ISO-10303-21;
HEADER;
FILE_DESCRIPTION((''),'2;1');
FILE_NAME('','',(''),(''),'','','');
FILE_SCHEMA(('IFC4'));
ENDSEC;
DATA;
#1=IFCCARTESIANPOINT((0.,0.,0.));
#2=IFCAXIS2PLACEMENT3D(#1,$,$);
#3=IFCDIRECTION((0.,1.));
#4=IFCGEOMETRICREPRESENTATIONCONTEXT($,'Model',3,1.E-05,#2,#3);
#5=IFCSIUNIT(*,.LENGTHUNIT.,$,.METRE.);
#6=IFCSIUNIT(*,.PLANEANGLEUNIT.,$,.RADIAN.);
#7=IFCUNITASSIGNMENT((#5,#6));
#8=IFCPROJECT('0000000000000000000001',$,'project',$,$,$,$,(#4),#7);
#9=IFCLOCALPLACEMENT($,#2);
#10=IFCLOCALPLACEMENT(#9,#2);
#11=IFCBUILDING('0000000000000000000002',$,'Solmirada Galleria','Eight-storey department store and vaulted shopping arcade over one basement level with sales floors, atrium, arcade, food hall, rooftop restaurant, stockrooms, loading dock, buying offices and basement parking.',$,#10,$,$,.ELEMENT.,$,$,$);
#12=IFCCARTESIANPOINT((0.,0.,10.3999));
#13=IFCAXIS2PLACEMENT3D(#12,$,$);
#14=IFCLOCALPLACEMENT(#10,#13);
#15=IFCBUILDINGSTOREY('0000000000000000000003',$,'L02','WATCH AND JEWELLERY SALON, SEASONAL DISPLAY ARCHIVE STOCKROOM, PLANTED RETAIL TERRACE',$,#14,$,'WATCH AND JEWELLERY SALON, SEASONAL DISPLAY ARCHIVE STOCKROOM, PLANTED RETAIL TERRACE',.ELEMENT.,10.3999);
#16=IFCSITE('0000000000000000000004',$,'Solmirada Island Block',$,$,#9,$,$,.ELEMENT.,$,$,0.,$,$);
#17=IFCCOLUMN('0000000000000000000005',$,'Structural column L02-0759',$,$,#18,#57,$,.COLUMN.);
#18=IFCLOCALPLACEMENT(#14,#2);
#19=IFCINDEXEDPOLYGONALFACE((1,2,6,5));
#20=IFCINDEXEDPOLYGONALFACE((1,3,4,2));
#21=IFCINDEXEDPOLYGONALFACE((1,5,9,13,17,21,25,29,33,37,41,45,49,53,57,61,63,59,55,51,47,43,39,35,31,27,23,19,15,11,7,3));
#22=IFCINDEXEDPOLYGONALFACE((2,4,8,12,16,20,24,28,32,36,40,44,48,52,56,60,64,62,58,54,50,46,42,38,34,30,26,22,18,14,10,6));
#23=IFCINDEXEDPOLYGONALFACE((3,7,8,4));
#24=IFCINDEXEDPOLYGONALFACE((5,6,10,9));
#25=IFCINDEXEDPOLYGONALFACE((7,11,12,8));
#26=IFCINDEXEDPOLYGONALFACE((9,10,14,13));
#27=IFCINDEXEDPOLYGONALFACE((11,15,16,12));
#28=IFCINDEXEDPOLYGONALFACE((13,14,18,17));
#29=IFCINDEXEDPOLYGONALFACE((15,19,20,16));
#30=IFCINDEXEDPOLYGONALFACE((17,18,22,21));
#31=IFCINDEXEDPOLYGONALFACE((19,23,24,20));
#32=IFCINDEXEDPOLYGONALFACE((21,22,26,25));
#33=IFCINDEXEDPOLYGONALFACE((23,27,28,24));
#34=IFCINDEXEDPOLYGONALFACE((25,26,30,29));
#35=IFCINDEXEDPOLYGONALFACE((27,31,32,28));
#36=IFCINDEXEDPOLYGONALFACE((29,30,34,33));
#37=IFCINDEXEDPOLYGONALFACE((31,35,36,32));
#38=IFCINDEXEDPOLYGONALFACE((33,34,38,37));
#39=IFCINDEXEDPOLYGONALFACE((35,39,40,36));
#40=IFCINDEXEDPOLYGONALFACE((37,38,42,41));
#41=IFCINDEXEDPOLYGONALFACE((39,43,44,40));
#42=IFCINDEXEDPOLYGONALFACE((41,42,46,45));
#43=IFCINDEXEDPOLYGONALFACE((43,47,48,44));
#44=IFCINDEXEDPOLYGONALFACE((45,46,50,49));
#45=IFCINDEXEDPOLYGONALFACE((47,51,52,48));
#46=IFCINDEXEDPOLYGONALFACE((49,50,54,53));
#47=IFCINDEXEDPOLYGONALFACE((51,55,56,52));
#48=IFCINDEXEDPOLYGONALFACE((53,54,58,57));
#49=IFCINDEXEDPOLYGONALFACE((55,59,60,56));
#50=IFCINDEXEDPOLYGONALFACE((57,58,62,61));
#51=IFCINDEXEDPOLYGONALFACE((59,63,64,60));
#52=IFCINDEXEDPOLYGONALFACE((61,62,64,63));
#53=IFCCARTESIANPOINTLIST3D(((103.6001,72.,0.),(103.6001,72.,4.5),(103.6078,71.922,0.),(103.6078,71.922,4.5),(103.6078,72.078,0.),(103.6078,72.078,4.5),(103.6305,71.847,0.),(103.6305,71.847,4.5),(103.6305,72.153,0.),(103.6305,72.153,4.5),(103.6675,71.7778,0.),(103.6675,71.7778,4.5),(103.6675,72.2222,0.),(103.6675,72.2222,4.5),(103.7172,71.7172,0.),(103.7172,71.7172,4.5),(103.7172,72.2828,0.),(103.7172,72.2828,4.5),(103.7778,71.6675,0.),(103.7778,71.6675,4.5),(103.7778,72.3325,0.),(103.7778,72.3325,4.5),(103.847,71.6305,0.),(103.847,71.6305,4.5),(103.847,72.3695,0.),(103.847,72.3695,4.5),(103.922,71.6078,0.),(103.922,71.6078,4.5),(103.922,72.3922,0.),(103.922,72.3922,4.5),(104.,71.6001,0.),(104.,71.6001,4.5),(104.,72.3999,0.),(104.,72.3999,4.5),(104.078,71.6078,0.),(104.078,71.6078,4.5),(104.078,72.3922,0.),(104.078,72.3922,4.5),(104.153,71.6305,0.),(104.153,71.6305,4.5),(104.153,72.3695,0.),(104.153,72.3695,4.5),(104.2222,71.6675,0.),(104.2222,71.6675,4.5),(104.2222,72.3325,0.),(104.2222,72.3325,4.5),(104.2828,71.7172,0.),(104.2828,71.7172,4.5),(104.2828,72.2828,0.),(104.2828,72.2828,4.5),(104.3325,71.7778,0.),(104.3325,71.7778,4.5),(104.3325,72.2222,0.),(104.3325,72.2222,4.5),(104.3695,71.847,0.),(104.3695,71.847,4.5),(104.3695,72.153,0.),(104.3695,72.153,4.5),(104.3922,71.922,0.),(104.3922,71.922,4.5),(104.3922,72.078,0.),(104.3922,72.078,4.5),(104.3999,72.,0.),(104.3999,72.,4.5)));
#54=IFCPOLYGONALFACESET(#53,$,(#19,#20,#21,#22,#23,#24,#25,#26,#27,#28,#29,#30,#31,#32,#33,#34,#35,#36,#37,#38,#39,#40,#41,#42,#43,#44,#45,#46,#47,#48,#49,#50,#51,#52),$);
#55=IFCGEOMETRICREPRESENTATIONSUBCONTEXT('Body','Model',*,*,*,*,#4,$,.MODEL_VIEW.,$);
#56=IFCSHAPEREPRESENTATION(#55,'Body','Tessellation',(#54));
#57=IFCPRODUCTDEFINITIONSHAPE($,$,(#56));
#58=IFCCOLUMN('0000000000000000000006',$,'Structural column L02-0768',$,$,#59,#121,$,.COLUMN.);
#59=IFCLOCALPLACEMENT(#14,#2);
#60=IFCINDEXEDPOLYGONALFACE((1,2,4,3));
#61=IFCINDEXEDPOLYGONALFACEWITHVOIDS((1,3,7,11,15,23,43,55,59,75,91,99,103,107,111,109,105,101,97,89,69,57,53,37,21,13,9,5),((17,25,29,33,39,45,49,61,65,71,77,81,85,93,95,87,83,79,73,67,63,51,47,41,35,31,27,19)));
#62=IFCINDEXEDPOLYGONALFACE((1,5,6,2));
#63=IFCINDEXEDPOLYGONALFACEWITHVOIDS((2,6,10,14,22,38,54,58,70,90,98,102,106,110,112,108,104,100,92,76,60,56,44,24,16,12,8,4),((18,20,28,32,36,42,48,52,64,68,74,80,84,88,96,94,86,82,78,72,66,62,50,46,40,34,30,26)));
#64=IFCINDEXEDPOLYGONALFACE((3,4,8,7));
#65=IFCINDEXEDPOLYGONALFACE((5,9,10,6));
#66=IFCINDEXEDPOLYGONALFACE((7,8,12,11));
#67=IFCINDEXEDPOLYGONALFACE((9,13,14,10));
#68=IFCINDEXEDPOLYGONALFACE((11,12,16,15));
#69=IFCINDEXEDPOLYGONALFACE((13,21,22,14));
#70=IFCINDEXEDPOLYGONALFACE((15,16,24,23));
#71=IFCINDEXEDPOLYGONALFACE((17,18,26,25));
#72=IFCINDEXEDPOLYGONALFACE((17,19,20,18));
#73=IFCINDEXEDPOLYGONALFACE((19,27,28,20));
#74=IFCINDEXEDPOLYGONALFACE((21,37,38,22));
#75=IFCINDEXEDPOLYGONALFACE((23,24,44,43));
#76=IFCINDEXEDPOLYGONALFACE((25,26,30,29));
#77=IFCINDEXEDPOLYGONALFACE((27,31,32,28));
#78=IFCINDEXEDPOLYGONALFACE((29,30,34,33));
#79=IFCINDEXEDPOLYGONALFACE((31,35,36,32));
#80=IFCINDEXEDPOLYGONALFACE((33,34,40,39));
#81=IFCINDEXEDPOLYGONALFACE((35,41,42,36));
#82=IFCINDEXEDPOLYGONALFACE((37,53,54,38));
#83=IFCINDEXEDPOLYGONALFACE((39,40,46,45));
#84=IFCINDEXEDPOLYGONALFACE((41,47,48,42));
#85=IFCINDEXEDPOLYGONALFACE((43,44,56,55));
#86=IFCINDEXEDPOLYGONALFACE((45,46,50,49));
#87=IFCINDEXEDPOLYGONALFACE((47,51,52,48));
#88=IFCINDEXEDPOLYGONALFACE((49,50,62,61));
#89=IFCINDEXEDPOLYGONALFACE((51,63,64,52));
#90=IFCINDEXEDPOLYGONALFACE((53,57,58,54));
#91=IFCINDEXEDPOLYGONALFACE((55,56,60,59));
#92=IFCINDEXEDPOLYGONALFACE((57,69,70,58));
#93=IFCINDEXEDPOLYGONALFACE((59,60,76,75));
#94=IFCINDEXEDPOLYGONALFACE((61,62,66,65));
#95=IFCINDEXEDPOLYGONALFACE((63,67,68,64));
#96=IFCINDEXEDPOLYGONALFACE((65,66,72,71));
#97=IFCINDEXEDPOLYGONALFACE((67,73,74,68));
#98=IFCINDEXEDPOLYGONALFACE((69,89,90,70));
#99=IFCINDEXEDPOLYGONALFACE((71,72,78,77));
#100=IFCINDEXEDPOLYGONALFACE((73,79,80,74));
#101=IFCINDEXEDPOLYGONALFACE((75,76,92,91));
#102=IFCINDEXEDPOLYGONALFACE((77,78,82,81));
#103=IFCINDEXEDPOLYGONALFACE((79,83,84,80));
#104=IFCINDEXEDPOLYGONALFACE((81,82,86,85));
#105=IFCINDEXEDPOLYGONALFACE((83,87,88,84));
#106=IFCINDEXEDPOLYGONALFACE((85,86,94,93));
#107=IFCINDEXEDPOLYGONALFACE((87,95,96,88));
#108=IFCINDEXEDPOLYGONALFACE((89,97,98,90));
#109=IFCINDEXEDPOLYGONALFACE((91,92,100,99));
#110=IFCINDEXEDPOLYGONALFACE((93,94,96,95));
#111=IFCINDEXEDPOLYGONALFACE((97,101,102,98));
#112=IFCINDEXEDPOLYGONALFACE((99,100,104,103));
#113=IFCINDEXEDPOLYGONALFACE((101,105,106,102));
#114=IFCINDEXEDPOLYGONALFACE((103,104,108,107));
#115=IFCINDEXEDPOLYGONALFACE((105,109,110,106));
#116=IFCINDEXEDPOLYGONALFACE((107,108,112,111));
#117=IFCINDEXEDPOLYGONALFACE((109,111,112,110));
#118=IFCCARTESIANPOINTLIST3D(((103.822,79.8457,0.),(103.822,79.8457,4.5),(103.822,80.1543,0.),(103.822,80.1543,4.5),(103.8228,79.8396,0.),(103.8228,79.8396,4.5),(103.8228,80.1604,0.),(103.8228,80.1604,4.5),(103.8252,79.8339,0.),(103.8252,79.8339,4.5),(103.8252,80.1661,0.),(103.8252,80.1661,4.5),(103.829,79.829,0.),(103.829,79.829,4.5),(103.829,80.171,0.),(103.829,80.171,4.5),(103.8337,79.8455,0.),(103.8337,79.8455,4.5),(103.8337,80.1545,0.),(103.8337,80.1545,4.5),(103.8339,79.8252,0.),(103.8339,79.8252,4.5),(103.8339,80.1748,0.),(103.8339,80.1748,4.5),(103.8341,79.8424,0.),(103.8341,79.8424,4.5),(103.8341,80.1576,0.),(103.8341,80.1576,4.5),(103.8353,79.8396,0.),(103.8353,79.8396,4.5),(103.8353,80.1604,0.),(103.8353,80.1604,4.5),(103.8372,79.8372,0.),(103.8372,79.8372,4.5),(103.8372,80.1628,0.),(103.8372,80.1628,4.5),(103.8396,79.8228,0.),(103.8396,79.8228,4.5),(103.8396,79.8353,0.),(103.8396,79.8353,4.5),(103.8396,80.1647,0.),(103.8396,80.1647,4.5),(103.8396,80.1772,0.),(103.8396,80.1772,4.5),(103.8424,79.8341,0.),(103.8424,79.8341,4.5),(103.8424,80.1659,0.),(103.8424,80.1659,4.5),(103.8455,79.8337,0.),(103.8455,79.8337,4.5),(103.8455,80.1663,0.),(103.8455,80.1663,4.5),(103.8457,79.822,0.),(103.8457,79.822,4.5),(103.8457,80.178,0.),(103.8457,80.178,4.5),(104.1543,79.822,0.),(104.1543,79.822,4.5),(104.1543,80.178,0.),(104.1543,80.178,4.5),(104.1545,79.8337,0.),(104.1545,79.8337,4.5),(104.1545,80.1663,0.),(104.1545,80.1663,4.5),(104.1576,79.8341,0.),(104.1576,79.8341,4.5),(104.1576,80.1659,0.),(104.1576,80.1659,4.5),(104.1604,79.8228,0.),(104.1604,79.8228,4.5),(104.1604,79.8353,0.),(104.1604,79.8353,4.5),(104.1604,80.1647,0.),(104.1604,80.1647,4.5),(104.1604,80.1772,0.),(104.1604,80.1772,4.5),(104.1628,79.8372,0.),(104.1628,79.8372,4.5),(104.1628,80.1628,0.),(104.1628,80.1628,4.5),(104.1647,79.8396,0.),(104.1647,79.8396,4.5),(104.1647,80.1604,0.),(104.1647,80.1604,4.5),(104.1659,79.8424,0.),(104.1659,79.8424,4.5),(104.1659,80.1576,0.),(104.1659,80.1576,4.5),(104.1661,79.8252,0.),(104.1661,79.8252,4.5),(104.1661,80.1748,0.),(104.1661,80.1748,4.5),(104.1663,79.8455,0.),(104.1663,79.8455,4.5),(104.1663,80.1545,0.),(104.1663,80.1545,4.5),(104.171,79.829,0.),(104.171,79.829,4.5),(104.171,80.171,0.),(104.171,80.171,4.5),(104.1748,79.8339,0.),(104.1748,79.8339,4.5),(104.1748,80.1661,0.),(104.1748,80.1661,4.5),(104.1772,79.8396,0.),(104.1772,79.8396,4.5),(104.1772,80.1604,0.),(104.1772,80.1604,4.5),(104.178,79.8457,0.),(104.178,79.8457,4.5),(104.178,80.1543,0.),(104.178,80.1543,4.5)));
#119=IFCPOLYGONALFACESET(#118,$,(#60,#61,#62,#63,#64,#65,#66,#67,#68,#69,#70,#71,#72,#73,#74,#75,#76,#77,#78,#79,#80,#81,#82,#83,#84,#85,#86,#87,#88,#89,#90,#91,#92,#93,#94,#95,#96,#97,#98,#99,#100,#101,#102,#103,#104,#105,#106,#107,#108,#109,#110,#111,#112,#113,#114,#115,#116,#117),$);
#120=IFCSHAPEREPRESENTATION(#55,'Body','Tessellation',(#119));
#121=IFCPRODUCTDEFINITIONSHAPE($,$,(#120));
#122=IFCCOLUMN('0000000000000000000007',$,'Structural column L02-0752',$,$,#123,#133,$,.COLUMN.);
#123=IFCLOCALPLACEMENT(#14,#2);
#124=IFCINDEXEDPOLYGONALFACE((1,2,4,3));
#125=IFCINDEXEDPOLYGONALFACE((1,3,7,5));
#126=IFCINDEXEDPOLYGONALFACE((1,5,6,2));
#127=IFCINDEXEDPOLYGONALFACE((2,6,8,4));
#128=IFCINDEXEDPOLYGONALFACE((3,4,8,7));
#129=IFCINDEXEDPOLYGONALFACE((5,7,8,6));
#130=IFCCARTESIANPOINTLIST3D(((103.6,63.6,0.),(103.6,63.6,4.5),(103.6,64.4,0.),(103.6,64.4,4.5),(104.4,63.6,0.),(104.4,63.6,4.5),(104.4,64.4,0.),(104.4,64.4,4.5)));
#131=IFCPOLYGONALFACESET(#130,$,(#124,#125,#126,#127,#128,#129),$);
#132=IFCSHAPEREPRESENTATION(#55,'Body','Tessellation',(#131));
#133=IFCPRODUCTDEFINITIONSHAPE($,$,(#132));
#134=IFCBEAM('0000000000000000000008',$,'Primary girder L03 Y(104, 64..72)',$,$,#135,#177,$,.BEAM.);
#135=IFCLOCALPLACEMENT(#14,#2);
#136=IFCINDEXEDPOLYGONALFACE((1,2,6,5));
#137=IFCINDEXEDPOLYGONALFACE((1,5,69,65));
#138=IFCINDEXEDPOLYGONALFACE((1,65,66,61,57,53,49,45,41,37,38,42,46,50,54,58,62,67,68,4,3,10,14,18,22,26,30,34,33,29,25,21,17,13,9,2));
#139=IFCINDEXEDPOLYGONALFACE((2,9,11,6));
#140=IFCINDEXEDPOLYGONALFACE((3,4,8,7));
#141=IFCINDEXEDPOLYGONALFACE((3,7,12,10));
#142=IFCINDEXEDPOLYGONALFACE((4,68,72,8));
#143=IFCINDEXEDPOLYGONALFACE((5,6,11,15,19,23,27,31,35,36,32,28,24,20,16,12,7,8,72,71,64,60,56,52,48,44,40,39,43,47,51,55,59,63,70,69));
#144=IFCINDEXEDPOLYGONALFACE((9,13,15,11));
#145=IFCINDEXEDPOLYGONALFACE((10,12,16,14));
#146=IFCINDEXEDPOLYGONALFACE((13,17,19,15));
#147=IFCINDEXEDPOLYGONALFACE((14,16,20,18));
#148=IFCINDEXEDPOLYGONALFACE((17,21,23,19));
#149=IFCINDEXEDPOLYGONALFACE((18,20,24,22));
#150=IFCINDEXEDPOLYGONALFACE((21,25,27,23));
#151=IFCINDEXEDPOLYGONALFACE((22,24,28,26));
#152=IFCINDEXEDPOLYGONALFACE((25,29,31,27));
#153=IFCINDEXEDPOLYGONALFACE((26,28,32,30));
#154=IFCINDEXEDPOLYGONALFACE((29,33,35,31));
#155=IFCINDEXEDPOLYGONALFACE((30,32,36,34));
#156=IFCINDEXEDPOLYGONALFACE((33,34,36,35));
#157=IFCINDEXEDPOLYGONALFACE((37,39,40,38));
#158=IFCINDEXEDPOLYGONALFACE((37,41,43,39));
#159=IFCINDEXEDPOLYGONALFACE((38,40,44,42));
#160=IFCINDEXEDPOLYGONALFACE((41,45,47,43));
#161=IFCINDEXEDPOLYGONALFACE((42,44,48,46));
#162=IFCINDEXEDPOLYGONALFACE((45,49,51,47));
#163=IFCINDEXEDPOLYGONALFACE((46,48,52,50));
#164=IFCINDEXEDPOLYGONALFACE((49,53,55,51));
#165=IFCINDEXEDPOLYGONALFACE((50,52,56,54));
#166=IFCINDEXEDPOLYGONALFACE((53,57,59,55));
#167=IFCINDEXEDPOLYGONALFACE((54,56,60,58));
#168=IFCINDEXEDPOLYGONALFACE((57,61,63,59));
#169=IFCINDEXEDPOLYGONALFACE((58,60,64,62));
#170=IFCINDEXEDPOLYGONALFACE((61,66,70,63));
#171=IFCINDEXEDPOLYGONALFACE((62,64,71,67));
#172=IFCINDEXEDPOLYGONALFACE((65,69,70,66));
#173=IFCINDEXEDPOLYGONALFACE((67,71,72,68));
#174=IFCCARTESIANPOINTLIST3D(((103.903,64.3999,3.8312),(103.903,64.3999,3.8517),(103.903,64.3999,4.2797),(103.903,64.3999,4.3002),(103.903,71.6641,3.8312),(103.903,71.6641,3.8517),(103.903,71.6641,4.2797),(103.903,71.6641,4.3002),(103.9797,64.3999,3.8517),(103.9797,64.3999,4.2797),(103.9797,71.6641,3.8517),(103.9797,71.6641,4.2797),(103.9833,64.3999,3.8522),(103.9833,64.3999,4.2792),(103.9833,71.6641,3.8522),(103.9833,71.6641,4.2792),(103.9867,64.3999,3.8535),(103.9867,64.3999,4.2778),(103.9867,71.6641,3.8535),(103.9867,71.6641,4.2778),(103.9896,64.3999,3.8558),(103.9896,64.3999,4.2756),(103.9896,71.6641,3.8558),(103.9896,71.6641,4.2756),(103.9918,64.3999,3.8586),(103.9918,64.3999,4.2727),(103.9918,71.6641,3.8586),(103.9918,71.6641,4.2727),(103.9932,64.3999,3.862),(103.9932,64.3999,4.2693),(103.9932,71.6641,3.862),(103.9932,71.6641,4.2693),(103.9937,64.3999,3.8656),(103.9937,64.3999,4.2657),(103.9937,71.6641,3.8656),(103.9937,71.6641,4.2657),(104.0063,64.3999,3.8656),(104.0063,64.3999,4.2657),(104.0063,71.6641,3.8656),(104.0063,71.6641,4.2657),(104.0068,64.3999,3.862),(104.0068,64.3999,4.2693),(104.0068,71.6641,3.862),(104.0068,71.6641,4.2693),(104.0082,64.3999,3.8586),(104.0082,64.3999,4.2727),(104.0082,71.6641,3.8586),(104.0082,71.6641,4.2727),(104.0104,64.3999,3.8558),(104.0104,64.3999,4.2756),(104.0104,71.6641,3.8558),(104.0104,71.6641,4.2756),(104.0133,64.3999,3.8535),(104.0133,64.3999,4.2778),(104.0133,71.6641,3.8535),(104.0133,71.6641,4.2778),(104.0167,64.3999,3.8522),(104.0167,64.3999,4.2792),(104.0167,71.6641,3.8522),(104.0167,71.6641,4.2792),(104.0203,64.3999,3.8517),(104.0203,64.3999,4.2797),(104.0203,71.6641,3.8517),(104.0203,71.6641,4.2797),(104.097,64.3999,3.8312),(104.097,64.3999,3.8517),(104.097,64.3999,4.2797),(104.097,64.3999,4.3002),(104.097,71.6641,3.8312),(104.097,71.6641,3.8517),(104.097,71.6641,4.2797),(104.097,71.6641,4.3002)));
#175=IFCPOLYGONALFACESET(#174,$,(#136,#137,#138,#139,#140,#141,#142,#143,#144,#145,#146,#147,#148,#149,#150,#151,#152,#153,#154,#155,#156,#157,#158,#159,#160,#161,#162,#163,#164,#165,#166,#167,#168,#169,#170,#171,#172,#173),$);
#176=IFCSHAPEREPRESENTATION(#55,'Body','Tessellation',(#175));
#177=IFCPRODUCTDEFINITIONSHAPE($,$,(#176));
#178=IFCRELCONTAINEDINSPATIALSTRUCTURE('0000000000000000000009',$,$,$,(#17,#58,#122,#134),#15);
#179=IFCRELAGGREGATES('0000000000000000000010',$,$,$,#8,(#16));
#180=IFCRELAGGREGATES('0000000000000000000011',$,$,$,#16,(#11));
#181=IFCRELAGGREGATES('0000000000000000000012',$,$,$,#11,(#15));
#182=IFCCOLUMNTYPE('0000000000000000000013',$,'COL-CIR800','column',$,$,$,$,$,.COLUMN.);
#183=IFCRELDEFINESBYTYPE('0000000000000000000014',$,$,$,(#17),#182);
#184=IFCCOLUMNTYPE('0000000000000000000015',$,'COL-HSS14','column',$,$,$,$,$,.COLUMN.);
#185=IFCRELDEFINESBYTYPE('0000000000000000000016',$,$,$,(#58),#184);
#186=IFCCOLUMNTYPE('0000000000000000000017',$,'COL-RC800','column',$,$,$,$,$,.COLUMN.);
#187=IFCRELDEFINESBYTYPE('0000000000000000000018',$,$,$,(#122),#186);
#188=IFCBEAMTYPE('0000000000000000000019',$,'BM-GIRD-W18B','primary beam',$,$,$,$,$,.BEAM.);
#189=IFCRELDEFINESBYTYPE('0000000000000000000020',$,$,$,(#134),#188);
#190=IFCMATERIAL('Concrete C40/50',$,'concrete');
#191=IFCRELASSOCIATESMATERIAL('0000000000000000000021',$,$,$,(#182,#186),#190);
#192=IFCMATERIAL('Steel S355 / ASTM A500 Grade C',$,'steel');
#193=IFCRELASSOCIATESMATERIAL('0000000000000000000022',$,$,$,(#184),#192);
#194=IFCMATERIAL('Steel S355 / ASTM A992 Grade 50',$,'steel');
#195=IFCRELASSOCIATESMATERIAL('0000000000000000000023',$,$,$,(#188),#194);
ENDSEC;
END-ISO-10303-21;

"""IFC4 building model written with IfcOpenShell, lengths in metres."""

from ifc_helpers import new_model, si_unit, direction, frame, origin, origin_2d, place, context, subcontext, project, spatial, rectangle, hollow_rectangle, circle, i_section, extrude, material, material_profile, profile_set, type_object, element, save


model = new_model("IFC4")

# Units and contexts
model_context = context("Model", 3, precision=1e-05, world=origin(), true_north=direction((0.0, 1.0)))
body_context = subcontext(model_context, "Body", "Model", "MODEL_VIEW")
ifc_project = project(units=[si_unit("LENGTHUNIT", "METRE"), si_unit("PLANEANGLEUNIT", "RADIAN")], contexts=[model_context])

# Site, building, storey
site_placement = place(None, origin())
site = spatial("IfcSite", under=ifc_project, at=site_placement, Name="Solmirada Island Block", CompositionType="ELEMENT", RefElevation=0.0)
building_placement = place(site_placement, origin())
building = spatial("IfcBuilding", under=site, at=building_placement, Name="Solmirada Galleria", Description="Eight-storey department store and vaulted shopping arcade over one basement level with sales floors, atrium, arcade, food hall, rooftop restaurant, stockrooms, loading dock, buying offices and basement parking.", CompositionType="ELEMENT")
storey_placement = place(building_placement, frame((0.0, 0.0, 10.3999)))
storey = spatial("IfcBuildingStorey", under=building, at=storey_placement, Name="L02", Description="WATCH AND JEWELLERY SALON, SEASONAL DISPLAY ARCHIVE STOCKROOM, PLANTED RETAIL TERRACE", LongName="WATCH AND JEWELLERY SALON, SEASONAL DISPLAY ARCHIVE STOCKROOM, PLANTED RETAIL TERRACE", CompositionType="ELEMENT", Elevation=10.3999)

# Columns
ifc_material_1 = material(Name="Concrete C40/50", Category="concrete")
ifc_material_profile_1 = material_profile(ifc_material_1, circle(Radius=0.3999, at=origin_2d()), Name="RCCOL800")
ifc_profile_set_1 = profile_set([ifc_material_profile_1], Name="Concrete C40/50")
column_type_1 = type_object("IfcColumnType", Name="COL-CIR800", Description="column", PredefinedType="COLUMN", material=ifc_profile_set_1)
column_1_placement = place(storey_placement, frame((104.0, 72.0, 0.0), z_axis=(0.0, 0.0, 1.0), x_axis=(1.0, 0.0, 0.0)))
element("IfcColumn", 1, at=column_1_placement, inside=storey, type_object=column_type_1, Name="Structural column L02-0759", PredefinedType="COLUMN", context=body_context, shape_type="SweptSolid", body=[
    extrude(circle(Radius=0.3999, at=origin_2d()), origin(), (0.0, 0.0, 1.0), 4.5),
])
ifc_material_2 = material(Name="Steel S355 / ASTM A500 Grade C", Category="steel")
ifc_material_profile_2 = material_profile(ifc_material_2, hollow_rectangle(XDim=0.356, YDim=0.356, WallThickness=0.0117, InnerFilletRadius=0.0117, OuterFilletRadius=0.0237, at=origin_2d()), Name="HSS14X14X1/2")
ifc_profile_set_2 = profile_set([ifc_material_profile_2], Name="Steel S355 / ASTM A500 Grade C")
column_type_2 = type_object("IfcColumnType", Name="COL-HSS14", Description="column", PredefinedType="COLUMN", material=ifc_profile_set_2)
column_2_placement = place(storey_placement, frame((104.0, 80.0, 0.0), z_axis=(0.0, 0.0, 1.0), x_axis=(1.0, 0.0, 0.0)))
element("IfcColumn", 2, at=column_2_placement, inside=storey, type_object=column_type_2, Name="Structural column L02-0768", PredefinedType="COLUMN", context=body_context, shape_type="SweptSolid", body=[
    extrude(hollow_rectangle(XDim=0.356, YDim=0.356, WallThickness=0.0117, InnerFilletRadius=0.0117, OuterFilletRadius=0.0237, at=origin_2d()), origin(), (0.0, 0.0, 1.0), 4.5),
])
ifc_material_profile_3 = material_profile(ifc_material_1, rectangle(XDim=0.8, YDim=0.8, at=origin_2d()), Name="RC800X800")
ifc_profile_set_3 = profile_set([ifc_material_profile_3], Name="Concrete C40/50")
column_type_3 = type_object("IfcColumnType", Name="COL-RC800", Description="column", PredefinedType="COLUMN", material=ifc_profile_set_3)
column_3_placement = place(storey_placement, frame((104.0, 64.0, 0.0), z_axis=(0.0, 0.0, 1.0), x_axis=(1.0, 0.0, 0.0)))
element("IfcColumn", 3, at=column_3_placement, inside=storey, type_object=column_type_3, Name="Structural column L02-0752", PredefinedType="COLUMN", context=body_context, shape_type="SweptSolid", body=[
    extrude(rectangle(XDim=0.8, YDim=0.8, at=origin_2d()), origin(), (0.0, 0.0, 1.0), 4.5),
])

# Beam
ifc_material_3 = material(Name="Steel S355 / ASTM A992 Grade 50", Category="steel")
ifc_material_profile_4 = material_profile(ifc_material_3, i_section(OverallWidth=0.1941, OverallDepth=0.469, WebThickness=0.0127, FlangeThickness=0.0205, FilletRadius=0.0139, at=origin_2d()), Name="W18X71")
ifc_profile_set_4 = profile_set([ifc_material_profile_4], Name="Steel S355 / ASTM A992 Grade 50")
beam_type_1 = type_object("IfcBeamType", Name="BM-GIRD-W18B", Description="primary beam", PredefinedType="BEAM", material=ifc_profile_set_4)
beam_1_placement = place(storey_placement, frame((104.0, 64.3999, 4.0657), z_axis=(0.0, 1.0, 0.0), x_axis=(-1.0, 0.0, 0.0)))
element("IfcBeam", 4, at=beam_1_placement, inside=storey, type_object=beam_type_1, Name="Primary girder L03 Y(104, 64..72)", PredefinedType="BEAM", context=body_context, shape_type="SweptSolid", body=[
    extrude(i_section(OverallWidth=0.1941, OverallDepth=0.469, WebThickness=0.0127, FlangeThickness=0.0205, FilletRadius=0.0139, at=origin_2d()), origin(), (0.0, 0.0, 1.0), 7.2642),
])

save(model, "model.ifc")
